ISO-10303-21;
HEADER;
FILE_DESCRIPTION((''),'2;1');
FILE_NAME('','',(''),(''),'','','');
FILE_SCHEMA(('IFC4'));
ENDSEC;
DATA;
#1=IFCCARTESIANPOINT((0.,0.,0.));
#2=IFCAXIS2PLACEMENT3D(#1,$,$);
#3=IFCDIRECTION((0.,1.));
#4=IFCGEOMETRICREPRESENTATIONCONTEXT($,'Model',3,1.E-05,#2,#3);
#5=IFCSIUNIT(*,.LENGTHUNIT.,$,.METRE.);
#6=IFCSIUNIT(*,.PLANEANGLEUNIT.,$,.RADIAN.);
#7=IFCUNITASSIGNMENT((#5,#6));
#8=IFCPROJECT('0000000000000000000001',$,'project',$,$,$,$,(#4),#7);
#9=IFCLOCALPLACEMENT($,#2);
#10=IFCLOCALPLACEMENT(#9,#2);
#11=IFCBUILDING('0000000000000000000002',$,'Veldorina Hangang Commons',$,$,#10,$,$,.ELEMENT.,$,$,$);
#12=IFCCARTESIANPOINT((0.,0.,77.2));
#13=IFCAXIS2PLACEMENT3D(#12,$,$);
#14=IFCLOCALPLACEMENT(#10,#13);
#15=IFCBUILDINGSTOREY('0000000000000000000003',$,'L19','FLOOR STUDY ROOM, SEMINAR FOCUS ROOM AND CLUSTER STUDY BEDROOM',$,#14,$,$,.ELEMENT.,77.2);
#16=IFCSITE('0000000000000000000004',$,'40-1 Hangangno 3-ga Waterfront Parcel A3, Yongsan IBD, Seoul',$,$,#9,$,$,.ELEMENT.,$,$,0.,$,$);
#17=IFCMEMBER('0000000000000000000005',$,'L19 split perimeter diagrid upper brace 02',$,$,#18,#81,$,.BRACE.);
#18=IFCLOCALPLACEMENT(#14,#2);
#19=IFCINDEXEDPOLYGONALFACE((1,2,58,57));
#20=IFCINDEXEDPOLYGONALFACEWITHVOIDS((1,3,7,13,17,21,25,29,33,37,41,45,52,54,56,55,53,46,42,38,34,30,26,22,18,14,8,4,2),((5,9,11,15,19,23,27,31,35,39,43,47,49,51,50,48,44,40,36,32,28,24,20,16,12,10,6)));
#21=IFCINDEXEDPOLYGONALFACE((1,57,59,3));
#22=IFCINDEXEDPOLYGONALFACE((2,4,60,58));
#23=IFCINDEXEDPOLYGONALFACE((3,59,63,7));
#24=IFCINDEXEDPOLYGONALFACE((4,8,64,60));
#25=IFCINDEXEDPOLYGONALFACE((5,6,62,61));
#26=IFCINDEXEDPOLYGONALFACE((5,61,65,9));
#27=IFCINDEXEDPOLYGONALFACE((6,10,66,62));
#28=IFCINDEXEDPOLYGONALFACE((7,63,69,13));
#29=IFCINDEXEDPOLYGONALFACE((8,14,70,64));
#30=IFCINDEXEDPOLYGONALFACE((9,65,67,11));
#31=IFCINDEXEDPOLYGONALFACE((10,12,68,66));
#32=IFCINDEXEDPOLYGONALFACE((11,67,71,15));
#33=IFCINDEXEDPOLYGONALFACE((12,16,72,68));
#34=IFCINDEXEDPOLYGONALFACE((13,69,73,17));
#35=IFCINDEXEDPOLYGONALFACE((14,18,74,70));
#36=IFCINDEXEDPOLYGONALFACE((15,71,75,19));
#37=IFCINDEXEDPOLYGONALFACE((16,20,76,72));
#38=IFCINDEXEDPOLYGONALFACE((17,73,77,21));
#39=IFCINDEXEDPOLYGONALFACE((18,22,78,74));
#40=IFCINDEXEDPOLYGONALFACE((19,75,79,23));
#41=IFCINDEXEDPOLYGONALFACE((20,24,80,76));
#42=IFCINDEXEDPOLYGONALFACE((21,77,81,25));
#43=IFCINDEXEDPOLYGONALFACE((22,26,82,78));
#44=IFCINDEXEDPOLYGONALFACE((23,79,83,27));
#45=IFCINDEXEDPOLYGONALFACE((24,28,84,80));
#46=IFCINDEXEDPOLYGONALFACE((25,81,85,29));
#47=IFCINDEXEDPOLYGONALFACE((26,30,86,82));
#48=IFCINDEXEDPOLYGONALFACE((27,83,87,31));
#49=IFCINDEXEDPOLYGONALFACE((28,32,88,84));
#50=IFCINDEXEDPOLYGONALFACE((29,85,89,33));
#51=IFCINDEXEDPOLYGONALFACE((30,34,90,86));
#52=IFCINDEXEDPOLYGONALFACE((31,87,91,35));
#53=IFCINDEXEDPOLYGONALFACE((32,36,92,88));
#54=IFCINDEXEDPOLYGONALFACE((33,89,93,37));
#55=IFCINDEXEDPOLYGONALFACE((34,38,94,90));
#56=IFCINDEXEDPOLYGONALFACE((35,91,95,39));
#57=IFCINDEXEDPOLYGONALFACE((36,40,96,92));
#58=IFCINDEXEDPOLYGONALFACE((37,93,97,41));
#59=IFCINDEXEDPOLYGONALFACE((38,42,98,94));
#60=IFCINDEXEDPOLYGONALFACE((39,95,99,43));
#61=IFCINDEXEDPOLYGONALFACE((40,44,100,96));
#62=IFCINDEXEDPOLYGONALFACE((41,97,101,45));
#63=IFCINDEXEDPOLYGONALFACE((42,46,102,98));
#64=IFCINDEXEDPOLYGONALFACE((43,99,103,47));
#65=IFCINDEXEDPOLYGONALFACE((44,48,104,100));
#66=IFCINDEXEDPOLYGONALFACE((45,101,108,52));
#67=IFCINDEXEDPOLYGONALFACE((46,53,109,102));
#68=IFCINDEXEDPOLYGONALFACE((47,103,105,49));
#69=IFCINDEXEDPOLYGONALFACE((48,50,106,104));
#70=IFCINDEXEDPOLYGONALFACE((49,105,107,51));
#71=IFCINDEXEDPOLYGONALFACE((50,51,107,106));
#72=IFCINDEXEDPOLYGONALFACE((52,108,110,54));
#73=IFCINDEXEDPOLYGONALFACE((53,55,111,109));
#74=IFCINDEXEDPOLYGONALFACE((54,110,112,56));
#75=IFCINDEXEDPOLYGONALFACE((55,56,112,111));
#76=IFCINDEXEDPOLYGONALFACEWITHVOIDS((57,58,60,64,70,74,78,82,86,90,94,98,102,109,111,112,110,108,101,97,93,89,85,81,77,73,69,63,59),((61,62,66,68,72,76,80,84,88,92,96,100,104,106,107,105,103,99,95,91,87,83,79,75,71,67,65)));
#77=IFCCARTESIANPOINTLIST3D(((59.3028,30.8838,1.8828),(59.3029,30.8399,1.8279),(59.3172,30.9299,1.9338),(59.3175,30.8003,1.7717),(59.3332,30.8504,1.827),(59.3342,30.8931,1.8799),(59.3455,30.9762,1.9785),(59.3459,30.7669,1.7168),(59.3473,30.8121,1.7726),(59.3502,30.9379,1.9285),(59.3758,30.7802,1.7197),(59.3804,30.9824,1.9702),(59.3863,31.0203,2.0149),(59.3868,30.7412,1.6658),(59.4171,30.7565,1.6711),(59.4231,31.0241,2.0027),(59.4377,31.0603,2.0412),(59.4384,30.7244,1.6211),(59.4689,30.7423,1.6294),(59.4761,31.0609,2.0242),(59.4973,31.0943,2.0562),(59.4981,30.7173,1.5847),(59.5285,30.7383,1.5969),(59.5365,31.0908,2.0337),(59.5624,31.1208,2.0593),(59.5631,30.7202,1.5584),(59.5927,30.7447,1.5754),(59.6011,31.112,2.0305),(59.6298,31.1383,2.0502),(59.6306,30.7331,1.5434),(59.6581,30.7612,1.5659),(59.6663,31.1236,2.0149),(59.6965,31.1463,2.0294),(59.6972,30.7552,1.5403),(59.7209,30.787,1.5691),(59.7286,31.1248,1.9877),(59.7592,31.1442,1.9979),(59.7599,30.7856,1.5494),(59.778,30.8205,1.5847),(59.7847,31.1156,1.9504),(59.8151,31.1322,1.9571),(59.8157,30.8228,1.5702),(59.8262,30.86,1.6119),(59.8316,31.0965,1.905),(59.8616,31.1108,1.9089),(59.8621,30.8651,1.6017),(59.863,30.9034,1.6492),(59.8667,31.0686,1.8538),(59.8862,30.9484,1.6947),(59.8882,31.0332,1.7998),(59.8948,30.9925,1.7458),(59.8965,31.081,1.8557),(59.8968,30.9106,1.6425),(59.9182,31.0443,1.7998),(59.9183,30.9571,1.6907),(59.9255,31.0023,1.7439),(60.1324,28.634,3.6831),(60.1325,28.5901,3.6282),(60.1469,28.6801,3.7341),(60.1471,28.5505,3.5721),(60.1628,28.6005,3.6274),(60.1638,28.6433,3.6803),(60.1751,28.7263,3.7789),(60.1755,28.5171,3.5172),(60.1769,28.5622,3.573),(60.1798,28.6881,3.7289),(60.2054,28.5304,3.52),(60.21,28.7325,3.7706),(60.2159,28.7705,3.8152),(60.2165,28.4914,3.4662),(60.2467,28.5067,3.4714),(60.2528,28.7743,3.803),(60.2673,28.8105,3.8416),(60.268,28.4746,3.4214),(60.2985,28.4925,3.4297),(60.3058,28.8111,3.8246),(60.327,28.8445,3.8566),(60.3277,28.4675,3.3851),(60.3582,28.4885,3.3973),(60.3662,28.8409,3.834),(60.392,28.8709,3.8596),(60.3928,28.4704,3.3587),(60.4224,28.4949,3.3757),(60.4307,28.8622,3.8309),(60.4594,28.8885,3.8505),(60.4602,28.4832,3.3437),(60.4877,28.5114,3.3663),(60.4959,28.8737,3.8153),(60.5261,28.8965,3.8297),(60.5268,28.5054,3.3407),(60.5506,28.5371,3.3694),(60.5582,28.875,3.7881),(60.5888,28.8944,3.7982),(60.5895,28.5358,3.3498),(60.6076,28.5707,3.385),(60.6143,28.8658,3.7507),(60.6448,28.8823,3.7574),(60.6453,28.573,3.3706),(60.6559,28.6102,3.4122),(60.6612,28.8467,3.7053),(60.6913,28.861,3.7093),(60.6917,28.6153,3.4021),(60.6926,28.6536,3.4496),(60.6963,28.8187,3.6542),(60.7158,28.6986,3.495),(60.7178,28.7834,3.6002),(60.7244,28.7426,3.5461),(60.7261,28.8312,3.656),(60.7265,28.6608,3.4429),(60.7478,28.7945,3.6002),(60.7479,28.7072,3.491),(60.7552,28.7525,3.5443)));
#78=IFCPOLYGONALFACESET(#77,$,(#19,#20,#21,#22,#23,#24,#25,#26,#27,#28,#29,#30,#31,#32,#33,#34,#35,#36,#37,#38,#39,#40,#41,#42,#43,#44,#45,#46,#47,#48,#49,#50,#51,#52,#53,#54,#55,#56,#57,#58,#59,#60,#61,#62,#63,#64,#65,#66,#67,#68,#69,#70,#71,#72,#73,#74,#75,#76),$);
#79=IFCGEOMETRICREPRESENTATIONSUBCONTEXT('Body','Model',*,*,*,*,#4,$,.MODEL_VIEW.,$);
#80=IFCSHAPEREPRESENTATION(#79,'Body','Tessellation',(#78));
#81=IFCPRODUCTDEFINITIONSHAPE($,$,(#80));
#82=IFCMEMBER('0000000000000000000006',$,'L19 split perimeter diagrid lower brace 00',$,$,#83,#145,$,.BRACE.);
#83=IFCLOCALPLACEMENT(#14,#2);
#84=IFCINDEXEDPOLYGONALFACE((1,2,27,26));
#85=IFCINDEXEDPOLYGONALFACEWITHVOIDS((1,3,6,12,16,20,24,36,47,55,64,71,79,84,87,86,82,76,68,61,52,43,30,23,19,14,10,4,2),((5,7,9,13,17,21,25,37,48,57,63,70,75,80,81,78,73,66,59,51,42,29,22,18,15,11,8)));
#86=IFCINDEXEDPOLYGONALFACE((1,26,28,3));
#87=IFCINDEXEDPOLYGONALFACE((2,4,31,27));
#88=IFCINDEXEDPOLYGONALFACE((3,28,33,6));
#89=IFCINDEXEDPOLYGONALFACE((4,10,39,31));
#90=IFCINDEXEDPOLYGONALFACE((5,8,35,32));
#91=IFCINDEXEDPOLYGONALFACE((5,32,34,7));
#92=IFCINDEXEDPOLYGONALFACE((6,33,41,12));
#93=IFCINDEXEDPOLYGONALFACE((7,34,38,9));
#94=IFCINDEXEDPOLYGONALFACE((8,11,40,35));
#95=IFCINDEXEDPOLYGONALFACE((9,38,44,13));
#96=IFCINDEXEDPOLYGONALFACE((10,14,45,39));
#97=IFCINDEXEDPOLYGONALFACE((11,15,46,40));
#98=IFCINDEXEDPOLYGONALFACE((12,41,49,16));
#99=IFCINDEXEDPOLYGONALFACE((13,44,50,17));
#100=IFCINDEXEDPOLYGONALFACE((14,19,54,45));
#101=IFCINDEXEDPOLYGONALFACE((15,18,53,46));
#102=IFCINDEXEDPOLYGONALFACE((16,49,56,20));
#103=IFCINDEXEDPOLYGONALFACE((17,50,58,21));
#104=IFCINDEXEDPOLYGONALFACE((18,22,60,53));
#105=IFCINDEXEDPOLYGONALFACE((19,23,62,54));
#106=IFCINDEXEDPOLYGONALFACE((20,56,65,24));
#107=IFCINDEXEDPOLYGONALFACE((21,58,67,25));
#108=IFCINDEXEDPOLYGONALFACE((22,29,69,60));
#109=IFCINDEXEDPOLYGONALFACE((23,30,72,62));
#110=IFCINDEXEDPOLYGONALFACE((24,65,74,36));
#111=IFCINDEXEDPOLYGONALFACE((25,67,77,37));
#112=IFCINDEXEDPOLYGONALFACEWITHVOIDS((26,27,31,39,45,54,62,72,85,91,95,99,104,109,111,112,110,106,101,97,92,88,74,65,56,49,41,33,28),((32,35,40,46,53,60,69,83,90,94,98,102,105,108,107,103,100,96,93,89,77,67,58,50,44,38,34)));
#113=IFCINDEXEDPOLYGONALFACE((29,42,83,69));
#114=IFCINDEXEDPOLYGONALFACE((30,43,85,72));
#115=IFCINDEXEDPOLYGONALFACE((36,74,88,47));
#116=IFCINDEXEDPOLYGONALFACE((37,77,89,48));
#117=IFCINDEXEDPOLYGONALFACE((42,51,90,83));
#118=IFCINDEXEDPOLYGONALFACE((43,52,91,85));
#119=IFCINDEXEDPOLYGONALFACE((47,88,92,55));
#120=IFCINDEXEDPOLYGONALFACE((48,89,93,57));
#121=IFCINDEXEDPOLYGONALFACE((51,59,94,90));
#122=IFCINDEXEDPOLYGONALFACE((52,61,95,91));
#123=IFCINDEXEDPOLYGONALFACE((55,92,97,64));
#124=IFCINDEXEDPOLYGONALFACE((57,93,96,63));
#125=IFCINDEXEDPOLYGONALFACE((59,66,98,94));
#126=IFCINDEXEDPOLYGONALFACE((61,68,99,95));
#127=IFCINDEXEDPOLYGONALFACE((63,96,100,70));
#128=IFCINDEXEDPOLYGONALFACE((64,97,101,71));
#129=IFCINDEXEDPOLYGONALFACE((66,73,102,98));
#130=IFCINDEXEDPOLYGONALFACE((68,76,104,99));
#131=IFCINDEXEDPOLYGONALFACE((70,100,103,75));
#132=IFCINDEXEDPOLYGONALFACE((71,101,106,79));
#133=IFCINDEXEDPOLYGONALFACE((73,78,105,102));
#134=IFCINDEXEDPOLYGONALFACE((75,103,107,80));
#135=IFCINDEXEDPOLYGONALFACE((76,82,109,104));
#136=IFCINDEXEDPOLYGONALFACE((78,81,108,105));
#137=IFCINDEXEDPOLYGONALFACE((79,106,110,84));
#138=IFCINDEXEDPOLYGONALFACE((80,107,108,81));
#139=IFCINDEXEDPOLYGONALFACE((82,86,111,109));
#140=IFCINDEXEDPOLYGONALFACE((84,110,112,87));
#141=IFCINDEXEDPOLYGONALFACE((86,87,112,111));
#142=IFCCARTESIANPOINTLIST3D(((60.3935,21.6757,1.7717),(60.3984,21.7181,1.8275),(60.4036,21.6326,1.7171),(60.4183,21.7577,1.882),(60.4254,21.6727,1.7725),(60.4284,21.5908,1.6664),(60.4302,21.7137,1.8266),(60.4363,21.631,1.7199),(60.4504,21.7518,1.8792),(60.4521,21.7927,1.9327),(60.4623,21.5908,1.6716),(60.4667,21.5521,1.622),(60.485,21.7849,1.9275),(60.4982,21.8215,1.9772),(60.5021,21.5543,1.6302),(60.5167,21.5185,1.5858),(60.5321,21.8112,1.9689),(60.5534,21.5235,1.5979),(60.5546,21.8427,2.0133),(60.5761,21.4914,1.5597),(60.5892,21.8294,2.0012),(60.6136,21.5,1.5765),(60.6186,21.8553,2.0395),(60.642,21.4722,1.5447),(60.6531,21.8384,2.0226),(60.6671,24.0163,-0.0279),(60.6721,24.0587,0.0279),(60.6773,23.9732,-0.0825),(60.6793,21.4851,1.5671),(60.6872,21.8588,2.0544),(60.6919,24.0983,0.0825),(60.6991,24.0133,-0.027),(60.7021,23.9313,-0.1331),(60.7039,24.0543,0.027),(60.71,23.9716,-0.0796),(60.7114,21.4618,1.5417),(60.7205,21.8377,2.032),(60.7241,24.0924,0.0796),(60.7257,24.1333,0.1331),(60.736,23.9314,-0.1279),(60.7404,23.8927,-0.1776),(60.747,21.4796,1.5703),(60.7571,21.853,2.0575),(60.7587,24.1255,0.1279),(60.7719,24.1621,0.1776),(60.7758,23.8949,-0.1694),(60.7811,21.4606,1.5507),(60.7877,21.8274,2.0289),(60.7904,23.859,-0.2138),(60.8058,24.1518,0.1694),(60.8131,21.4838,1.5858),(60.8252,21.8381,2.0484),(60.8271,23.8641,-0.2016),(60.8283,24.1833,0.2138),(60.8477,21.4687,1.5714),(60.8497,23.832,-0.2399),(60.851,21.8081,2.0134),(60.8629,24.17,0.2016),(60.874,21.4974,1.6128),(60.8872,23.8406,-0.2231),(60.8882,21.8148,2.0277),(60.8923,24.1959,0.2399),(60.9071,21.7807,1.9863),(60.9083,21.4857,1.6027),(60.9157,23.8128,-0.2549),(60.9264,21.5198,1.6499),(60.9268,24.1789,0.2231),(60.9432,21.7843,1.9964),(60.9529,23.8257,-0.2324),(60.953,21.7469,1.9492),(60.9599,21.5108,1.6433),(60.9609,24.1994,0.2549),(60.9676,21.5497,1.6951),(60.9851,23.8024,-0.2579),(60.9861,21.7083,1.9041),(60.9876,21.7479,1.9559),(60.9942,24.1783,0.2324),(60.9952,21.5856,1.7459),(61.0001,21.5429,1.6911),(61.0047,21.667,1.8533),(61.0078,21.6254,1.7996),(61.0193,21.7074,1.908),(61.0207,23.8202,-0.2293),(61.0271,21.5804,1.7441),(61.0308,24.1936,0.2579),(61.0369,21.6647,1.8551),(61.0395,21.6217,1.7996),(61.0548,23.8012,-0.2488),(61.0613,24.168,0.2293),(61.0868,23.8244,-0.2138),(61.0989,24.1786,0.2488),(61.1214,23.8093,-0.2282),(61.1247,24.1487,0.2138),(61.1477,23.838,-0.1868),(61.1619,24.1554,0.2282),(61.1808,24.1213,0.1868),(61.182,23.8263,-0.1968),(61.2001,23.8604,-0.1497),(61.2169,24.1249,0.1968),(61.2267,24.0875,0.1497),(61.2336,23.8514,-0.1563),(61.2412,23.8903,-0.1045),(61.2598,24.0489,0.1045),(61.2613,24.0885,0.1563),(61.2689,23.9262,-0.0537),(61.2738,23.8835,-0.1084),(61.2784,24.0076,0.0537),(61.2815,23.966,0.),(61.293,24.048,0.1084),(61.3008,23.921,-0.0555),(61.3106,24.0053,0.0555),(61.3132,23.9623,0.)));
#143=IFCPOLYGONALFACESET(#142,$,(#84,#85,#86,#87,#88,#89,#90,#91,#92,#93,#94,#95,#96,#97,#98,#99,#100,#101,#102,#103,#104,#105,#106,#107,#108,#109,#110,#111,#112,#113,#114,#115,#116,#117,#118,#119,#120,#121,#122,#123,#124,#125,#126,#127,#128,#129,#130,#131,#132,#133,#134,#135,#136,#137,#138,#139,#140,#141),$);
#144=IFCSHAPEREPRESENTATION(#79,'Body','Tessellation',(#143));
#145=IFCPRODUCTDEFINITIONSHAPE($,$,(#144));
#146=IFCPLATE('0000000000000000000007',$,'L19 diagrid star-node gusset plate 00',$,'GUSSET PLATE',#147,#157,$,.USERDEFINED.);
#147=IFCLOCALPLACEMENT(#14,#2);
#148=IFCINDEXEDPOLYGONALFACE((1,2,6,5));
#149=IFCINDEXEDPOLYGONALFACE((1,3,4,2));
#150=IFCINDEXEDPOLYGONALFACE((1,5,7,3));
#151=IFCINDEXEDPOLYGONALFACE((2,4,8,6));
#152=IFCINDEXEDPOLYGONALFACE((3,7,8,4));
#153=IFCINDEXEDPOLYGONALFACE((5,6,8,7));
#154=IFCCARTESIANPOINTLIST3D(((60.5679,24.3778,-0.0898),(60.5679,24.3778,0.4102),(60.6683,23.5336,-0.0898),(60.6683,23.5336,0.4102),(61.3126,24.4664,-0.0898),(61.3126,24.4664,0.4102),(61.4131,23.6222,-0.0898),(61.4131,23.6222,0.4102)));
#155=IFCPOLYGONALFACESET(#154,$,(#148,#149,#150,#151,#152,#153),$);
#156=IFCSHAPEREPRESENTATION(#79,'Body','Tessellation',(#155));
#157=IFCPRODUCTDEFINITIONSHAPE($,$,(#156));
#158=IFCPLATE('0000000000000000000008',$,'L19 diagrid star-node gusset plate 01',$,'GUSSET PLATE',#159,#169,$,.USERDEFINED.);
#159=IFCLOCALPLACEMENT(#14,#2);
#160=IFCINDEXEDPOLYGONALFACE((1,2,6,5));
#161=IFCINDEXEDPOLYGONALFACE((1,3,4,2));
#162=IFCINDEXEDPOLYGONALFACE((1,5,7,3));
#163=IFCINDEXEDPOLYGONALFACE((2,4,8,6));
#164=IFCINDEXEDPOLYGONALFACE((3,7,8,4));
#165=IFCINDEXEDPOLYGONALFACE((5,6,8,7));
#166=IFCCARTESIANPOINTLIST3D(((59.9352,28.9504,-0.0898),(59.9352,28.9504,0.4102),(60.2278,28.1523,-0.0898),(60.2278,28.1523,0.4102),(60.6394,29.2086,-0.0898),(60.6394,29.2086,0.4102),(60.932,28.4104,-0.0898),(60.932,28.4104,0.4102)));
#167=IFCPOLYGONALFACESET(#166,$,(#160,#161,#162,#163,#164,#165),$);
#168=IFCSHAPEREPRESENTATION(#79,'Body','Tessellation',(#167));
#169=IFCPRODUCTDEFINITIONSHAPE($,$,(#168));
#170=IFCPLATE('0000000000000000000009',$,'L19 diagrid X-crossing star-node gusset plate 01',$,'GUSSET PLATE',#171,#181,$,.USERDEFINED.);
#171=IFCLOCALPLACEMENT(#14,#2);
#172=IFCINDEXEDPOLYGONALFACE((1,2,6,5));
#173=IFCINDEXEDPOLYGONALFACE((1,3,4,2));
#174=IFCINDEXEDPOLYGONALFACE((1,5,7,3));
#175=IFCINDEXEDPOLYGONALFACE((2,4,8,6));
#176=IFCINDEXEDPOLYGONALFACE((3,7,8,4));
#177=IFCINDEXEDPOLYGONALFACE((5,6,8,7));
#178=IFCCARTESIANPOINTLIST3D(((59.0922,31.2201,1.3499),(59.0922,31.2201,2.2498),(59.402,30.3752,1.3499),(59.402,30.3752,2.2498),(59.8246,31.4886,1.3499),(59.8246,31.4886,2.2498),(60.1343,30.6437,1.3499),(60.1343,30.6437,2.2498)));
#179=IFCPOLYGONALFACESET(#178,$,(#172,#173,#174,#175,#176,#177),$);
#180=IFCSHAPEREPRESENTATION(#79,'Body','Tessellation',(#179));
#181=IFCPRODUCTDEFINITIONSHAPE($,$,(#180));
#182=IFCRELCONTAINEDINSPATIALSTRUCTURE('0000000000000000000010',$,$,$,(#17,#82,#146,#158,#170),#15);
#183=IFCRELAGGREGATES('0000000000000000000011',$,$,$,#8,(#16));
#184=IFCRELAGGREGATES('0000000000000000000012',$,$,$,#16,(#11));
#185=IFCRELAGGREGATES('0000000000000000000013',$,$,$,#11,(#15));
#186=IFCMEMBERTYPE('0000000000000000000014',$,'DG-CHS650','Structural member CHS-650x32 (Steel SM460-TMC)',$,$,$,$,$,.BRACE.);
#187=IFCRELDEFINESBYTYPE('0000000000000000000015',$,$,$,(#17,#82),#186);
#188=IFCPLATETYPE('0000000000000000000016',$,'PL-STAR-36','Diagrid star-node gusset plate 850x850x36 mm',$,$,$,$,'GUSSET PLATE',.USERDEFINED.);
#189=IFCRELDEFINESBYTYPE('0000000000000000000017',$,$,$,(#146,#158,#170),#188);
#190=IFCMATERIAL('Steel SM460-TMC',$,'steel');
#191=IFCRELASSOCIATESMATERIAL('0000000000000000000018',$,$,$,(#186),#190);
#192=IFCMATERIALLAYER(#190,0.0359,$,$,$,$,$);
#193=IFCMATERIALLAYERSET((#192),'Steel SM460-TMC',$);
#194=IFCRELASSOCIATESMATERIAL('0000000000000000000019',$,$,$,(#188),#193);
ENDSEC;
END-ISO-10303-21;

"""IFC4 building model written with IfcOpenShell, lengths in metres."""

from ifc_helpers import new_model, si_unit, direction, frame, origin, origin_2d, place, context, subcontext, project, spatial, rectangle, hollow_circle, extrude, material, layer, layer_set, material_profile, profile_set, type_object, element, save


model = new_model("IFC4")

# Units and contexts
model_context = context("Model", 3, precision=1e-05, world=origin(), true_north=direction((0.0, 1.0)))
body_context = subcontext(model_context, "Body", "Model", "MODEL_VIEW")
ifc_project = project(units=[si_unit("LENGTHUNIT", "METRE"), si_unit("PLANEANGLEUNIT", "RADIAN")], contexts=[model_context])

# Site, building, storey
site_placement = place(None, origin())
site = spatial("IfcSite", under=ifc_project, at=site_placement, Name="40-1 Hangangno 3-ga Waterfront Parcel A3, Yongsan IBD, Seoul", CompositionType="ELEMENT", RefElevation=0.0)
building_placement = place(site_placement, origin())
building = spatial("IfcBuilding", under=site, at=building_placement, Name="Veldorina Hangang Commons", CompositionType="ELEMENT")
storey_placement = place(building_placement, frame((0.0, 0.0, 77.2)))
storey = spatial("IfcBuildingStorey", under=building, at=storey_placement, Name="L19", Description="FLOOR STUDY ROOM, SEMINAR FOCUS ROOM AND CLUSTER STUDY BEDROOM", CompositionType="ELEMENT", Elevation=77.2)

# Members
ifc_material_1 = material(Name="Steel SM460-TMC", Category="steel")
ifc_material_profile_1 = material_profile(ifc_material_1, hollow_circle(Radius=0.325, WallThickness=0.032, at=origin_2d()), Name="CHS-650x32")
ifc_profile_set_1 = profile_set([ifc_material_profile_1], Name="Steel SM460-TMC")
member_type = type_object("IfcMemberType", Name="DG-CHS650", Description="Structural member CHS-650x32 (Steel SM460-TMC)", PredefinedType="BRACE", material=ifc_profile_set_1)
member_1_placement = place(storey_placement, frame((59.6133, 30.9319, 1.7998), z_axis=(0.276673, -0.750307, 0.600409), x_axis=(0.938244, 0.345974, 0.0)))
element("IfcMember", 1, at=member_1_placement, inside=storey, type_object=member_type, Name="L19 split perimeter diagrid upper brace 02", PredefinedType="BRACE", context=body_context, shape_type="SweptSolid", body=[
    extrude(hollow_circle(Radius=0.325, WallThickness=0.032, at=origin_2d()), origin(), (0.0, 0.0, 1.0), 2.9985),
])
member_2_placement = place(storey_placement, frame((60.9905, 24.0, 0.0), z_axis=(-0.092302, -0.789384, 0.606921), x_axis=(0.993233, -0.116138, 0.0)))
element("IfcMember", 2, at=member_2_placement, inside=storey, type_object=member_type, Name="L19 split perimeter diagrid lower brace 00", PredefinedType="BRACE", context=body_context, shape_type="SweptSolid", body=[
    extrude(hollow_circle(Radius=0.325, WallThickness=0.032, at=origin_2d()), origin(), (0.0, 0.0, 1.0), 2.9651),
])

# Plates
ifc_layer_1 = layer(ifc_material_1, 0.0359)
ifc_layer_set_1 = layer_set([ifc_layer_1], Name="Steel SM460-TMC")
plate_type = type_object("IfcPlateType", Name="PL-STAR-36", Description="Diagrid star-node gusset plate 850x850x36 mm", ElementType="GUSSET PLATE", PredefinedType="USERDEFINED", material=ifc_layer_set_1)
for number, where, z_axis, x_axis, name in (
    (3, (60.9905, 24.0, -0.0898), (0.0, 0.0, 1.0), (-0.118179, 0.992992, 0.0), "L19 diagrid star-node gusset plate 00"),
    (4, (60.4336, 28.6804, -0.0898), (0.0, 0.0, 1.0), (-0.344184, 0.938902, 0.0), "L19 diagrid star-node gusset plate 01"),
):
    element("IfcPlate", number, at=place(storey_placement, frame(where, z_axis=z_axis, x_axis=x_axis)), inside=storey, type_object=plate_type, Name=name, ObjectType="GUSSET PLATE", PredefinedType="USERDEFINED", context=body_context, shape_type="SweptSolid", body=[
        extrude(rectangle(XDim=0.8501, YDim=0.75, at=origin_2d()), origin(), (0.0, 0.0, 1.0), 0.5),
    ])
plate_placement = place(storey_placement, frame((59.6133, 30.9319, 1.3499), z_axis=(0.0, 0.0, 1.0), x_axis=(-0.344184, 0.938902, 0.0)))
element("IfcPlate", 5, at=plate_placement, inside=storey, type_object=plate_type, Name="L19 diagrid X-crossing star-node gusset plate 01", ObjectType="GUSSET PLATE", PredefinedType="USERDEFINED", context=body_context, shape_type="SweptSolid", body=[
    extrude(rectangle(XDim=0.8999, YDim=0.78, at=origin_2d()), origin(), (0.0, 0.0, 1.0), 0.8999),
])

save(model, "model.ifc")
